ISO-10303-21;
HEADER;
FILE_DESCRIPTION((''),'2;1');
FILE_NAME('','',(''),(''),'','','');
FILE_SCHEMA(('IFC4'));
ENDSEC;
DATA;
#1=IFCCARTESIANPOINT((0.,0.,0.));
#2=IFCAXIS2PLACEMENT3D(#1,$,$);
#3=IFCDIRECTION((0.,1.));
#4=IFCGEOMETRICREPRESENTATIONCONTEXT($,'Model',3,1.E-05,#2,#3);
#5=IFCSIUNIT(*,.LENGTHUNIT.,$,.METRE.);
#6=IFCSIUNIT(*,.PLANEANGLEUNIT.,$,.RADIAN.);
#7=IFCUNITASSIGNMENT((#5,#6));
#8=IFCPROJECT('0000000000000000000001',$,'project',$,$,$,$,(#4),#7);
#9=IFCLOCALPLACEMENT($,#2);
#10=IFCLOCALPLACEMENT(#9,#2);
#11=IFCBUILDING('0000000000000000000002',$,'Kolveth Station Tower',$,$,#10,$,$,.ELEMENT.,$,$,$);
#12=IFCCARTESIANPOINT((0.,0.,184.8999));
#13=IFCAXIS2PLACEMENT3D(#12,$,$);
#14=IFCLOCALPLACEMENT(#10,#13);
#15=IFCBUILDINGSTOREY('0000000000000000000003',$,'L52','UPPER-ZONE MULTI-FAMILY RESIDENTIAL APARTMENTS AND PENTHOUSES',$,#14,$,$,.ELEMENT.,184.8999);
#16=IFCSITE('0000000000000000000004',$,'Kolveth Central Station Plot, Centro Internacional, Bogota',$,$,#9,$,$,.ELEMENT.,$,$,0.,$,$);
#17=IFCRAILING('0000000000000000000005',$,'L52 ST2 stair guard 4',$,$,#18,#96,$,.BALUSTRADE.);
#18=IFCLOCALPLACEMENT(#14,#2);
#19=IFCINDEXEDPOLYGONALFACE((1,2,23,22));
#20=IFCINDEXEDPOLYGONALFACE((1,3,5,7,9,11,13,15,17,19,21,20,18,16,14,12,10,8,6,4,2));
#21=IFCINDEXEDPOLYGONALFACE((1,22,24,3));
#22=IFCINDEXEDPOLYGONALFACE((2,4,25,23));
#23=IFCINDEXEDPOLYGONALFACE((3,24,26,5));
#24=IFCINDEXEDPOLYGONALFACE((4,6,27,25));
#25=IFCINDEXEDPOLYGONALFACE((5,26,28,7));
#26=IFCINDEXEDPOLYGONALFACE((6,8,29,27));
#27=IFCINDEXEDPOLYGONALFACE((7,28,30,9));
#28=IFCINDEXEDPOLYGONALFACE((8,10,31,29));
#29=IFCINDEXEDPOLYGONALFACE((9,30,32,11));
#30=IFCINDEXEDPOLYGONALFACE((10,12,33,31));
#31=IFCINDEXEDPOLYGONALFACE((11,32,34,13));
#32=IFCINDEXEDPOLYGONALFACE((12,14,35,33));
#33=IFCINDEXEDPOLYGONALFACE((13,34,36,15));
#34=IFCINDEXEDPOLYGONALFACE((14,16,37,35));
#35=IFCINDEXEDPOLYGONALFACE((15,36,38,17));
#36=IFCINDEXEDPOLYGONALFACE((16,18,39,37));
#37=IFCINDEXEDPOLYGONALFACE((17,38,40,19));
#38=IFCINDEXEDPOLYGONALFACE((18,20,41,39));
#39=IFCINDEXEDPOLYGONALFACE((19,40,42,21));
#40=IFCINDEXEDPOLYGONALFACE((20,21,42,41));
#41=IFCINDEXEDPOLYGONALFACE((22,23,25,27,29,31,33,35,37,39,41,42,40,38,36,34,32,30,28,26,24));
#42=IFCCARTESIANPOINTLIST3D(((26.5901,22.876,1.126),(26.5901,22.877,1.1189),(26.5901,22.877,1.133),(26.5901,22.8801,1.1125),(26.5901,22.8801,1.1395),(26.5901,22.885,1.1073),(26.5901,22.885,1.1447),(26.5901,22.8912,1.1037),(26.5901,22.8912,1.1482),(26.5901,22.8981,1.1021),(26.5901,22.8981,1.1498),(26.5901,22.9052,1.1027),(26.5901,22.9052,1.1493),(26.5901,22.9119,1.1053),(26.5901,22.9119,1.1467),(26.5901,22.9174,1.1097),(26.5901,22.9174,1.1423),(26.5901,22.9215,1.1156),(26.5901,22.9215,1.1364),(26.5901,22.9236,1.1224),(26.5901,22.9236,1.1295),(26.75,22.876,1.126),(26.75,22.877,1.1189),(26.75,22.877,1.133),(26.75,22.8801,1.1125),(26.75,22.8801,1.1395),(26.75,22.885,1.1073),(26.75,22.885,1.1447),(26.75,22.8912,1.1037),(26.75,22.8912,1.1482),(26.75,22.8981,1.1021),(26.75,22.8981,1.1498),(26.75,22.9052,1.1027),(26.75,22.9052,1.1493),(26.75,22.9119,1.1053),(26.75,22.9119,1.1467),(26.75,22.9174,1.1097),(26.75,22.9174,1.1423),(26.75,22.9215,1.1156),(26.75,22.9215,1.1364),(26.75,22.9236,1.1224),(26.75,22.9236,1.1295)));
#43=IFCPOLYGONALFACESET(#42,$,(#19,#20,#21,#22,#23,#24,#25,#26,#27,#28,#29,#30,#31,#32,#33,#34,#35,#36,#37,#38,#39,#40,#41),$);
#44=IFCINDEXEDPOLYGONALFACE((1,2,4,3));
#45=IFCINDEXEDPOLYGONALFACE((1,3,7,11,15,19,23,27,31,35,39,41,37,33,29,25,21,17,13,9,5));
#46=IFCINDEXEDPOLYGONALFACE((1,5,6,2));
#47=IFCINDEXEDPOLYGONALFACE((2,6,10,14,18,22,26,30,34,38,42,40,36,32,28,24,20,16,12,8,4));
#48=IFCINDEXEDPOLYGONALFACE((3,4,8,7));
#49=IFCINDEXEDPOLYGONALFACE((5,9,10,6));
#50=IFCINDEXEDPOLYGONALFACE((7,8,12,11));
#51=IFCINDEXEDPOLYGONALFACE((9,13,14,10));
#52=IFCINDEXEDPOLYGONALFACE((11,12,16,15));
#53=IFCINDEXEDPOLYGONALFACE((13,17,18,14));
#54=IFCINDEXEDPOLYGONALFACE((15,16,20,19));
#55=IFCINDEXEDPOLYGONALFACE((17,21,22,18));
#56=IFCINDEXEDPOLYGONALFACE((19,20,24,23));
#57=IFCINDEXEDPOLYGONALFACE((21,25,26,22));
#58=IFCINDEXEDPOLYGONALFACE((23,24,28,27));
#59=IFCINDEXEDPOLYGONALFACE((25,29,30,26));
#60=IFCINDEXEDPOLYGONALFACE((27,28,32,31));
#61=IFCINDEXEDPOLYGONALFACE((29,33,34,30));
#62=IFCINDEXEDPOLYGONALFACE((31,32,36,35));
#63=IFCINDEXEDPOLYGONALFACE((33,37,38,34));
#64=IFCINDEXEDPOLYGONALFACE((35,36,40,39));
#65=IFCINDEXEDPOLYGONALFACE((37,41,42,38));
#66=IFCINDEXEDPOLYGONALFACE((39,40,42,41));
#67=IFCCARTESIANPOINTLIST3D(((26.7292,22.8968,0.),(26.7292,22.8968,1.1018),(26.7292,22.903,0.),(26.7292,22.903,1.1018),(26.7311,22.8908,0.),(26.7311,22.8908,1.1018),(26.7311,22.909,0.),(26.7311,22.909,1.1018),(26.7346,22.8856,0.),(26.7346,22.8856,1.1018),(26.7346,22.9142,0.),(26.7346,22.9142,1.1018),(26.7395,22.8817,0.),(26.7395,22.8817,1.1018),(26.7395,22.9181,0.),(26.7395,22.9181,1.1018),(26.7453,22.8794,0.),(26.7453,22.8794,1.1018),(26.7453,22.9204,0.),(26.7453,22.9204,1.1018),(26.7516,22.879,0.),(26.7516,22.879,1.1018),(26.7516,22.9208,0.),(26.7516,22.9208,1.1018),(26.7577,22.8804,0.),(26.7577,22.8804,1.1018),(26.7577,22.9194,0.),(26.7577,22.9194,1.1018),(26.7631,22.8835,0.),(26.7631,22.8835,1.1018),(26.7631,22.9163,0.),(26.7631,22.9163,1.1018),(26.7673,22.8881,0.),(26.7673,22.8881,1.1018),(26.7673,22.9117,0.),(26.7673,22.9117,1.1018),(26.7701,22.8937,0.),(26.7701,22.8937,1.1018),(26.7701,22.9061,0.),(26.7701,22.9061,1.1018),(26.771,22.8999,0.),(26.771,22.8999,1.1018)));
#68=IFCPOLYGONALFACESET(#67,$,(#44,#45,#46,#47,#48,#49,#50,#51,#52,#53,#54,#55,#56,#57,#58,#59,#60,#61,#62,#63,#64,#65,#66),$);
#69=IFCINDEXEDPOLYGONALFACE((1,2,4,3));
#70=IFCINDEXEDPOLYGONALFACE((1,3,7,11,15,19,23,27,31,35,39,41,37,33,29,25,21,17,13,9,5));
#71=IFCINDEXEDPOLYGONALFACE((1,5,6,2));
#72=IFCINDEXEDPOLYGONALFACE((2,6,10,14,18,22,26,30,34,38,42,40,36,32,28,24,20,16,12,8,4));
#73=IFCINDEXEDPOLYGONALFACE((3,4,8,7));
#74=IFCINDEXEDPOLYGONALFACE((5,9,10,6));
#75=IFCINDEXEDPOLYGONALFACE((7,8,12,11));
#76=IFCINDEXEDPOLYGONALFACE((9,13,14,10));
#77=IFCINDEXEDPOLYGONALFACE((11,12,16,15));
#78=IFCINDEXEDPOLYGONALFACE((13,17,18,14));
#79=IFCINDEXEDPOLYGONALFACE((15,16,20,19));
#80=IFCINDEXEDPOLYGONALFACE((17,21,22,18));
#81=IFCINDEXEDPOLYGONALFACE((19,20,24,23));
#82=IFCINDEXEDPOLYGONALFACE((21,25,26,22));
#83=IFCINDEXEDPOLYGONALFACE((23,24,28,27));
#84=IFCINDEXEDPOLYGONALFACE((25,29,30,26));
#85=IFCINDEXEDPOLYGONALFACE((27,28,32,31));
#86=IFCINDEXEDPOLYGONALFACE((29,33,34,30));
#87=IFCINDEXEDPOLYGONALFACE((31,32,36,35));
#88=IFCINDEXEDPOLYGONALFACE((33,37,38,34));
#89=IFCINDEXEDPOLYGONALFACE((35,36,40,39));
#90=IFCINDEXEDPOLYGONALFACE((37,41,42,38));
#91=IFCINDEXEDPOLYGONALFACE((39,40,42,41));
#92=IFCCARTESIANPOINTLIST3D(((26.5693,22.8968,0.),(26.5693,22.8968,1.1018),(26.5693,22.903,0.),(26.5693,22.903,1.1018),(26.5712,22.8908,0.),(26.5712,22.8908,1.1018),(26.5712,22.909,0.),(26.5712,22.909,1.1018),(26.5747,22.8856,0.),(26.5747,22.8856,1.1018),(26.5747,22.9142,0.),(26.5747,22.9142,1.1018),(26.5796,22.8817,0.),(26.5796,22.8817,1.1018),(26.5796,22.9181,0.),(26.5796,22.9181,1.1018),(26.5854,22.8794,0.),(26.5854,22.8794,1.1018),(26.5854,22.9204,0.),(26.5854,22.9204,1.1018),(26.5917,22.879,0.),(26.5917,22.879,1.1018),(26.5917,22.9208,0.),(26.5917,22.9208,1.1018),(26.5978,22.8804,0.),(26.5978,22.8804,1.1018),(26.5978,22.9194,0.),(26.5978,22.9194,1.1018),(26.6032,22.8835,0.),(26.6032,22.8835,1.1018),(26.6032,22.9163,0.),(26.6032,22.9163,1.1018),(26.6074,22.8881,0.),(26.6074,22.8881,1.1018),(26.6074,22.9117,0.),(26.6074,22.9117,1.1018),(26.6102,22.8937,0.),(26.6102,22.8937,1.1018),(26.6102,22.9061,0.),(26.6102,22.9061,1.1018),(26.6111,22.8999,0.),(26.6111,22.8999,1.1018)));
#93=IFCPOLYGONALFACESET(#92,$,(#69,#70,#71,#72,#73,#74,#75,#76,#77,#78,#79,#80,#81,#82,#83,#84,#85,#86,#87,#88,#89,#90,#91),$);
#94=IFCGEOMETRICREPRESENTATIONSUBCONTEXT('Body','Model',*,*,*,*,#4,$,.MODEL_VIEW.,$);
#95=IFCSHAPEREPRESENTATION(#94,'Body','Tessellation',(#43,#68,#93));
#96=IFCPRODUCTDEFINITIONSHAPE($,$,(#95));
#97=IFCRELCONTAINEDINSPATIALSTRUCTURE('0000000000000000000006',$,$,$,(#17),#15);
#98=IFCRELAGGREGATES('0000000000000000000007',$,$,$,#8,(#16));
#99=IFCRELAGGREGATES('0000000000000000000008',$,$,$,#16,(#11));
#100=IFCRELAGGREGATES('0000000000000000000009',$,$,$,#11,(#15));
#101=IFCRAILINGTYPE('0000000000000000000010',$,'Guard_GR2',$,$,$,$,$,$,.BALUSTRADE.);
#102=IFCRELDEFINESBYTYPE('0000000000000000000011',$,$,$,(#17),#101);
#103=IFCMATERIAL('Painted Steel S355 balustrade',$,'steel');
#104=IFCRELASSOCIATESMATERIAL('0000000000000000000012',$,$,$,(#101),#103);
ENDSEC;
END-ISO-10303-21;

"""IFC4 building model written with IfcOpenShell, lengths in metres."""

from ifc_helpers import new_model, si_unit, direction, frame, origin, origin_2d, place, context, subcontext, project, spatial, circle, extrude, material, type_object, element, save


model = new_model("IFC4")

# Units and contexts
model_context = context("Model", 3, precision=1e-05, world=origin(), true_north=direction((0.0, 1.0)))
body_context = subcontext(model_context, "Body", "Model", "MODEL_VIEW")
ifc_project = project(units=[si_unit("LENGTHUNIT", "METRE"), si_unit("PLANEANGLEUNIT", "RADIAN")], contexts=[model_context])

# Site, building, storey
site_placement = place(None, origin())
site = spatial("IfcSite", under=ifc_project, at=site_placement, Name="Kolveth Central Station Plot, Centro Internacional, Bogota", CompositionType="ELEMENT", RefElevation=0.0)
building_placement = place(site_placement, origin())
building = spatial("IfcBuilding", under=site, at=building_placement, Name="Kolveth Station Tower", CompositionType="ELEMENT")
storey_placement = place(building_placement, frame((0.0, 0.0, 184.8999)))
storey = spatial("IfcBuildingStorey", under=building, at=storey_placement, Name="L52", Description="UPPER-ZONE MULTI-FAMILY RESIDENTIAL APARTMENTS AND PENTHOUSES", CompositionType="ELEMENT", Elevation=184.8999)

# Railing
ifc_material_1 = material(Name="Painted Steel S355 balustrade", Category="steel")
railing_type_1 = type_object("IfcRailingType", Name="Guard_GR2", PredefinedType="BALUSTRADE", material=ifc_material_1)
railing_1_placement = place(storey_placement, frame((26.75, 22.8999, 0.0)))
element("IfcRailing", 1, at=railing_1_placement, inside=storey, type_object=railing_type_1, Name="L52 ST2 stair guard 4", PredefinedType="BALUSTRADE", context=body_context, shape_type="SweptSolid", body=[
    extrude(circle(Radius=0.0239, at=origin_2d()), frame((0.0, 0.0, 1.126), z_axis=(-1.0, 0.0, 0.0), x_axis=(0.0, -1.0, 0.0)), (0.0, 0.0, 1.0), 0.1599),
    extrude(circle(Radius=0.021, at=origin_2d()), origin(), (0.0, 0.0, 1.0), 1.1018),
    extrude(circle(Radius=0.021, at=origin_2d()), frame((-0.1599, 0.0, 0.0)), (0.0, 0.0, 1.0), 1.1018),
])

save(model, "model.ifc")
